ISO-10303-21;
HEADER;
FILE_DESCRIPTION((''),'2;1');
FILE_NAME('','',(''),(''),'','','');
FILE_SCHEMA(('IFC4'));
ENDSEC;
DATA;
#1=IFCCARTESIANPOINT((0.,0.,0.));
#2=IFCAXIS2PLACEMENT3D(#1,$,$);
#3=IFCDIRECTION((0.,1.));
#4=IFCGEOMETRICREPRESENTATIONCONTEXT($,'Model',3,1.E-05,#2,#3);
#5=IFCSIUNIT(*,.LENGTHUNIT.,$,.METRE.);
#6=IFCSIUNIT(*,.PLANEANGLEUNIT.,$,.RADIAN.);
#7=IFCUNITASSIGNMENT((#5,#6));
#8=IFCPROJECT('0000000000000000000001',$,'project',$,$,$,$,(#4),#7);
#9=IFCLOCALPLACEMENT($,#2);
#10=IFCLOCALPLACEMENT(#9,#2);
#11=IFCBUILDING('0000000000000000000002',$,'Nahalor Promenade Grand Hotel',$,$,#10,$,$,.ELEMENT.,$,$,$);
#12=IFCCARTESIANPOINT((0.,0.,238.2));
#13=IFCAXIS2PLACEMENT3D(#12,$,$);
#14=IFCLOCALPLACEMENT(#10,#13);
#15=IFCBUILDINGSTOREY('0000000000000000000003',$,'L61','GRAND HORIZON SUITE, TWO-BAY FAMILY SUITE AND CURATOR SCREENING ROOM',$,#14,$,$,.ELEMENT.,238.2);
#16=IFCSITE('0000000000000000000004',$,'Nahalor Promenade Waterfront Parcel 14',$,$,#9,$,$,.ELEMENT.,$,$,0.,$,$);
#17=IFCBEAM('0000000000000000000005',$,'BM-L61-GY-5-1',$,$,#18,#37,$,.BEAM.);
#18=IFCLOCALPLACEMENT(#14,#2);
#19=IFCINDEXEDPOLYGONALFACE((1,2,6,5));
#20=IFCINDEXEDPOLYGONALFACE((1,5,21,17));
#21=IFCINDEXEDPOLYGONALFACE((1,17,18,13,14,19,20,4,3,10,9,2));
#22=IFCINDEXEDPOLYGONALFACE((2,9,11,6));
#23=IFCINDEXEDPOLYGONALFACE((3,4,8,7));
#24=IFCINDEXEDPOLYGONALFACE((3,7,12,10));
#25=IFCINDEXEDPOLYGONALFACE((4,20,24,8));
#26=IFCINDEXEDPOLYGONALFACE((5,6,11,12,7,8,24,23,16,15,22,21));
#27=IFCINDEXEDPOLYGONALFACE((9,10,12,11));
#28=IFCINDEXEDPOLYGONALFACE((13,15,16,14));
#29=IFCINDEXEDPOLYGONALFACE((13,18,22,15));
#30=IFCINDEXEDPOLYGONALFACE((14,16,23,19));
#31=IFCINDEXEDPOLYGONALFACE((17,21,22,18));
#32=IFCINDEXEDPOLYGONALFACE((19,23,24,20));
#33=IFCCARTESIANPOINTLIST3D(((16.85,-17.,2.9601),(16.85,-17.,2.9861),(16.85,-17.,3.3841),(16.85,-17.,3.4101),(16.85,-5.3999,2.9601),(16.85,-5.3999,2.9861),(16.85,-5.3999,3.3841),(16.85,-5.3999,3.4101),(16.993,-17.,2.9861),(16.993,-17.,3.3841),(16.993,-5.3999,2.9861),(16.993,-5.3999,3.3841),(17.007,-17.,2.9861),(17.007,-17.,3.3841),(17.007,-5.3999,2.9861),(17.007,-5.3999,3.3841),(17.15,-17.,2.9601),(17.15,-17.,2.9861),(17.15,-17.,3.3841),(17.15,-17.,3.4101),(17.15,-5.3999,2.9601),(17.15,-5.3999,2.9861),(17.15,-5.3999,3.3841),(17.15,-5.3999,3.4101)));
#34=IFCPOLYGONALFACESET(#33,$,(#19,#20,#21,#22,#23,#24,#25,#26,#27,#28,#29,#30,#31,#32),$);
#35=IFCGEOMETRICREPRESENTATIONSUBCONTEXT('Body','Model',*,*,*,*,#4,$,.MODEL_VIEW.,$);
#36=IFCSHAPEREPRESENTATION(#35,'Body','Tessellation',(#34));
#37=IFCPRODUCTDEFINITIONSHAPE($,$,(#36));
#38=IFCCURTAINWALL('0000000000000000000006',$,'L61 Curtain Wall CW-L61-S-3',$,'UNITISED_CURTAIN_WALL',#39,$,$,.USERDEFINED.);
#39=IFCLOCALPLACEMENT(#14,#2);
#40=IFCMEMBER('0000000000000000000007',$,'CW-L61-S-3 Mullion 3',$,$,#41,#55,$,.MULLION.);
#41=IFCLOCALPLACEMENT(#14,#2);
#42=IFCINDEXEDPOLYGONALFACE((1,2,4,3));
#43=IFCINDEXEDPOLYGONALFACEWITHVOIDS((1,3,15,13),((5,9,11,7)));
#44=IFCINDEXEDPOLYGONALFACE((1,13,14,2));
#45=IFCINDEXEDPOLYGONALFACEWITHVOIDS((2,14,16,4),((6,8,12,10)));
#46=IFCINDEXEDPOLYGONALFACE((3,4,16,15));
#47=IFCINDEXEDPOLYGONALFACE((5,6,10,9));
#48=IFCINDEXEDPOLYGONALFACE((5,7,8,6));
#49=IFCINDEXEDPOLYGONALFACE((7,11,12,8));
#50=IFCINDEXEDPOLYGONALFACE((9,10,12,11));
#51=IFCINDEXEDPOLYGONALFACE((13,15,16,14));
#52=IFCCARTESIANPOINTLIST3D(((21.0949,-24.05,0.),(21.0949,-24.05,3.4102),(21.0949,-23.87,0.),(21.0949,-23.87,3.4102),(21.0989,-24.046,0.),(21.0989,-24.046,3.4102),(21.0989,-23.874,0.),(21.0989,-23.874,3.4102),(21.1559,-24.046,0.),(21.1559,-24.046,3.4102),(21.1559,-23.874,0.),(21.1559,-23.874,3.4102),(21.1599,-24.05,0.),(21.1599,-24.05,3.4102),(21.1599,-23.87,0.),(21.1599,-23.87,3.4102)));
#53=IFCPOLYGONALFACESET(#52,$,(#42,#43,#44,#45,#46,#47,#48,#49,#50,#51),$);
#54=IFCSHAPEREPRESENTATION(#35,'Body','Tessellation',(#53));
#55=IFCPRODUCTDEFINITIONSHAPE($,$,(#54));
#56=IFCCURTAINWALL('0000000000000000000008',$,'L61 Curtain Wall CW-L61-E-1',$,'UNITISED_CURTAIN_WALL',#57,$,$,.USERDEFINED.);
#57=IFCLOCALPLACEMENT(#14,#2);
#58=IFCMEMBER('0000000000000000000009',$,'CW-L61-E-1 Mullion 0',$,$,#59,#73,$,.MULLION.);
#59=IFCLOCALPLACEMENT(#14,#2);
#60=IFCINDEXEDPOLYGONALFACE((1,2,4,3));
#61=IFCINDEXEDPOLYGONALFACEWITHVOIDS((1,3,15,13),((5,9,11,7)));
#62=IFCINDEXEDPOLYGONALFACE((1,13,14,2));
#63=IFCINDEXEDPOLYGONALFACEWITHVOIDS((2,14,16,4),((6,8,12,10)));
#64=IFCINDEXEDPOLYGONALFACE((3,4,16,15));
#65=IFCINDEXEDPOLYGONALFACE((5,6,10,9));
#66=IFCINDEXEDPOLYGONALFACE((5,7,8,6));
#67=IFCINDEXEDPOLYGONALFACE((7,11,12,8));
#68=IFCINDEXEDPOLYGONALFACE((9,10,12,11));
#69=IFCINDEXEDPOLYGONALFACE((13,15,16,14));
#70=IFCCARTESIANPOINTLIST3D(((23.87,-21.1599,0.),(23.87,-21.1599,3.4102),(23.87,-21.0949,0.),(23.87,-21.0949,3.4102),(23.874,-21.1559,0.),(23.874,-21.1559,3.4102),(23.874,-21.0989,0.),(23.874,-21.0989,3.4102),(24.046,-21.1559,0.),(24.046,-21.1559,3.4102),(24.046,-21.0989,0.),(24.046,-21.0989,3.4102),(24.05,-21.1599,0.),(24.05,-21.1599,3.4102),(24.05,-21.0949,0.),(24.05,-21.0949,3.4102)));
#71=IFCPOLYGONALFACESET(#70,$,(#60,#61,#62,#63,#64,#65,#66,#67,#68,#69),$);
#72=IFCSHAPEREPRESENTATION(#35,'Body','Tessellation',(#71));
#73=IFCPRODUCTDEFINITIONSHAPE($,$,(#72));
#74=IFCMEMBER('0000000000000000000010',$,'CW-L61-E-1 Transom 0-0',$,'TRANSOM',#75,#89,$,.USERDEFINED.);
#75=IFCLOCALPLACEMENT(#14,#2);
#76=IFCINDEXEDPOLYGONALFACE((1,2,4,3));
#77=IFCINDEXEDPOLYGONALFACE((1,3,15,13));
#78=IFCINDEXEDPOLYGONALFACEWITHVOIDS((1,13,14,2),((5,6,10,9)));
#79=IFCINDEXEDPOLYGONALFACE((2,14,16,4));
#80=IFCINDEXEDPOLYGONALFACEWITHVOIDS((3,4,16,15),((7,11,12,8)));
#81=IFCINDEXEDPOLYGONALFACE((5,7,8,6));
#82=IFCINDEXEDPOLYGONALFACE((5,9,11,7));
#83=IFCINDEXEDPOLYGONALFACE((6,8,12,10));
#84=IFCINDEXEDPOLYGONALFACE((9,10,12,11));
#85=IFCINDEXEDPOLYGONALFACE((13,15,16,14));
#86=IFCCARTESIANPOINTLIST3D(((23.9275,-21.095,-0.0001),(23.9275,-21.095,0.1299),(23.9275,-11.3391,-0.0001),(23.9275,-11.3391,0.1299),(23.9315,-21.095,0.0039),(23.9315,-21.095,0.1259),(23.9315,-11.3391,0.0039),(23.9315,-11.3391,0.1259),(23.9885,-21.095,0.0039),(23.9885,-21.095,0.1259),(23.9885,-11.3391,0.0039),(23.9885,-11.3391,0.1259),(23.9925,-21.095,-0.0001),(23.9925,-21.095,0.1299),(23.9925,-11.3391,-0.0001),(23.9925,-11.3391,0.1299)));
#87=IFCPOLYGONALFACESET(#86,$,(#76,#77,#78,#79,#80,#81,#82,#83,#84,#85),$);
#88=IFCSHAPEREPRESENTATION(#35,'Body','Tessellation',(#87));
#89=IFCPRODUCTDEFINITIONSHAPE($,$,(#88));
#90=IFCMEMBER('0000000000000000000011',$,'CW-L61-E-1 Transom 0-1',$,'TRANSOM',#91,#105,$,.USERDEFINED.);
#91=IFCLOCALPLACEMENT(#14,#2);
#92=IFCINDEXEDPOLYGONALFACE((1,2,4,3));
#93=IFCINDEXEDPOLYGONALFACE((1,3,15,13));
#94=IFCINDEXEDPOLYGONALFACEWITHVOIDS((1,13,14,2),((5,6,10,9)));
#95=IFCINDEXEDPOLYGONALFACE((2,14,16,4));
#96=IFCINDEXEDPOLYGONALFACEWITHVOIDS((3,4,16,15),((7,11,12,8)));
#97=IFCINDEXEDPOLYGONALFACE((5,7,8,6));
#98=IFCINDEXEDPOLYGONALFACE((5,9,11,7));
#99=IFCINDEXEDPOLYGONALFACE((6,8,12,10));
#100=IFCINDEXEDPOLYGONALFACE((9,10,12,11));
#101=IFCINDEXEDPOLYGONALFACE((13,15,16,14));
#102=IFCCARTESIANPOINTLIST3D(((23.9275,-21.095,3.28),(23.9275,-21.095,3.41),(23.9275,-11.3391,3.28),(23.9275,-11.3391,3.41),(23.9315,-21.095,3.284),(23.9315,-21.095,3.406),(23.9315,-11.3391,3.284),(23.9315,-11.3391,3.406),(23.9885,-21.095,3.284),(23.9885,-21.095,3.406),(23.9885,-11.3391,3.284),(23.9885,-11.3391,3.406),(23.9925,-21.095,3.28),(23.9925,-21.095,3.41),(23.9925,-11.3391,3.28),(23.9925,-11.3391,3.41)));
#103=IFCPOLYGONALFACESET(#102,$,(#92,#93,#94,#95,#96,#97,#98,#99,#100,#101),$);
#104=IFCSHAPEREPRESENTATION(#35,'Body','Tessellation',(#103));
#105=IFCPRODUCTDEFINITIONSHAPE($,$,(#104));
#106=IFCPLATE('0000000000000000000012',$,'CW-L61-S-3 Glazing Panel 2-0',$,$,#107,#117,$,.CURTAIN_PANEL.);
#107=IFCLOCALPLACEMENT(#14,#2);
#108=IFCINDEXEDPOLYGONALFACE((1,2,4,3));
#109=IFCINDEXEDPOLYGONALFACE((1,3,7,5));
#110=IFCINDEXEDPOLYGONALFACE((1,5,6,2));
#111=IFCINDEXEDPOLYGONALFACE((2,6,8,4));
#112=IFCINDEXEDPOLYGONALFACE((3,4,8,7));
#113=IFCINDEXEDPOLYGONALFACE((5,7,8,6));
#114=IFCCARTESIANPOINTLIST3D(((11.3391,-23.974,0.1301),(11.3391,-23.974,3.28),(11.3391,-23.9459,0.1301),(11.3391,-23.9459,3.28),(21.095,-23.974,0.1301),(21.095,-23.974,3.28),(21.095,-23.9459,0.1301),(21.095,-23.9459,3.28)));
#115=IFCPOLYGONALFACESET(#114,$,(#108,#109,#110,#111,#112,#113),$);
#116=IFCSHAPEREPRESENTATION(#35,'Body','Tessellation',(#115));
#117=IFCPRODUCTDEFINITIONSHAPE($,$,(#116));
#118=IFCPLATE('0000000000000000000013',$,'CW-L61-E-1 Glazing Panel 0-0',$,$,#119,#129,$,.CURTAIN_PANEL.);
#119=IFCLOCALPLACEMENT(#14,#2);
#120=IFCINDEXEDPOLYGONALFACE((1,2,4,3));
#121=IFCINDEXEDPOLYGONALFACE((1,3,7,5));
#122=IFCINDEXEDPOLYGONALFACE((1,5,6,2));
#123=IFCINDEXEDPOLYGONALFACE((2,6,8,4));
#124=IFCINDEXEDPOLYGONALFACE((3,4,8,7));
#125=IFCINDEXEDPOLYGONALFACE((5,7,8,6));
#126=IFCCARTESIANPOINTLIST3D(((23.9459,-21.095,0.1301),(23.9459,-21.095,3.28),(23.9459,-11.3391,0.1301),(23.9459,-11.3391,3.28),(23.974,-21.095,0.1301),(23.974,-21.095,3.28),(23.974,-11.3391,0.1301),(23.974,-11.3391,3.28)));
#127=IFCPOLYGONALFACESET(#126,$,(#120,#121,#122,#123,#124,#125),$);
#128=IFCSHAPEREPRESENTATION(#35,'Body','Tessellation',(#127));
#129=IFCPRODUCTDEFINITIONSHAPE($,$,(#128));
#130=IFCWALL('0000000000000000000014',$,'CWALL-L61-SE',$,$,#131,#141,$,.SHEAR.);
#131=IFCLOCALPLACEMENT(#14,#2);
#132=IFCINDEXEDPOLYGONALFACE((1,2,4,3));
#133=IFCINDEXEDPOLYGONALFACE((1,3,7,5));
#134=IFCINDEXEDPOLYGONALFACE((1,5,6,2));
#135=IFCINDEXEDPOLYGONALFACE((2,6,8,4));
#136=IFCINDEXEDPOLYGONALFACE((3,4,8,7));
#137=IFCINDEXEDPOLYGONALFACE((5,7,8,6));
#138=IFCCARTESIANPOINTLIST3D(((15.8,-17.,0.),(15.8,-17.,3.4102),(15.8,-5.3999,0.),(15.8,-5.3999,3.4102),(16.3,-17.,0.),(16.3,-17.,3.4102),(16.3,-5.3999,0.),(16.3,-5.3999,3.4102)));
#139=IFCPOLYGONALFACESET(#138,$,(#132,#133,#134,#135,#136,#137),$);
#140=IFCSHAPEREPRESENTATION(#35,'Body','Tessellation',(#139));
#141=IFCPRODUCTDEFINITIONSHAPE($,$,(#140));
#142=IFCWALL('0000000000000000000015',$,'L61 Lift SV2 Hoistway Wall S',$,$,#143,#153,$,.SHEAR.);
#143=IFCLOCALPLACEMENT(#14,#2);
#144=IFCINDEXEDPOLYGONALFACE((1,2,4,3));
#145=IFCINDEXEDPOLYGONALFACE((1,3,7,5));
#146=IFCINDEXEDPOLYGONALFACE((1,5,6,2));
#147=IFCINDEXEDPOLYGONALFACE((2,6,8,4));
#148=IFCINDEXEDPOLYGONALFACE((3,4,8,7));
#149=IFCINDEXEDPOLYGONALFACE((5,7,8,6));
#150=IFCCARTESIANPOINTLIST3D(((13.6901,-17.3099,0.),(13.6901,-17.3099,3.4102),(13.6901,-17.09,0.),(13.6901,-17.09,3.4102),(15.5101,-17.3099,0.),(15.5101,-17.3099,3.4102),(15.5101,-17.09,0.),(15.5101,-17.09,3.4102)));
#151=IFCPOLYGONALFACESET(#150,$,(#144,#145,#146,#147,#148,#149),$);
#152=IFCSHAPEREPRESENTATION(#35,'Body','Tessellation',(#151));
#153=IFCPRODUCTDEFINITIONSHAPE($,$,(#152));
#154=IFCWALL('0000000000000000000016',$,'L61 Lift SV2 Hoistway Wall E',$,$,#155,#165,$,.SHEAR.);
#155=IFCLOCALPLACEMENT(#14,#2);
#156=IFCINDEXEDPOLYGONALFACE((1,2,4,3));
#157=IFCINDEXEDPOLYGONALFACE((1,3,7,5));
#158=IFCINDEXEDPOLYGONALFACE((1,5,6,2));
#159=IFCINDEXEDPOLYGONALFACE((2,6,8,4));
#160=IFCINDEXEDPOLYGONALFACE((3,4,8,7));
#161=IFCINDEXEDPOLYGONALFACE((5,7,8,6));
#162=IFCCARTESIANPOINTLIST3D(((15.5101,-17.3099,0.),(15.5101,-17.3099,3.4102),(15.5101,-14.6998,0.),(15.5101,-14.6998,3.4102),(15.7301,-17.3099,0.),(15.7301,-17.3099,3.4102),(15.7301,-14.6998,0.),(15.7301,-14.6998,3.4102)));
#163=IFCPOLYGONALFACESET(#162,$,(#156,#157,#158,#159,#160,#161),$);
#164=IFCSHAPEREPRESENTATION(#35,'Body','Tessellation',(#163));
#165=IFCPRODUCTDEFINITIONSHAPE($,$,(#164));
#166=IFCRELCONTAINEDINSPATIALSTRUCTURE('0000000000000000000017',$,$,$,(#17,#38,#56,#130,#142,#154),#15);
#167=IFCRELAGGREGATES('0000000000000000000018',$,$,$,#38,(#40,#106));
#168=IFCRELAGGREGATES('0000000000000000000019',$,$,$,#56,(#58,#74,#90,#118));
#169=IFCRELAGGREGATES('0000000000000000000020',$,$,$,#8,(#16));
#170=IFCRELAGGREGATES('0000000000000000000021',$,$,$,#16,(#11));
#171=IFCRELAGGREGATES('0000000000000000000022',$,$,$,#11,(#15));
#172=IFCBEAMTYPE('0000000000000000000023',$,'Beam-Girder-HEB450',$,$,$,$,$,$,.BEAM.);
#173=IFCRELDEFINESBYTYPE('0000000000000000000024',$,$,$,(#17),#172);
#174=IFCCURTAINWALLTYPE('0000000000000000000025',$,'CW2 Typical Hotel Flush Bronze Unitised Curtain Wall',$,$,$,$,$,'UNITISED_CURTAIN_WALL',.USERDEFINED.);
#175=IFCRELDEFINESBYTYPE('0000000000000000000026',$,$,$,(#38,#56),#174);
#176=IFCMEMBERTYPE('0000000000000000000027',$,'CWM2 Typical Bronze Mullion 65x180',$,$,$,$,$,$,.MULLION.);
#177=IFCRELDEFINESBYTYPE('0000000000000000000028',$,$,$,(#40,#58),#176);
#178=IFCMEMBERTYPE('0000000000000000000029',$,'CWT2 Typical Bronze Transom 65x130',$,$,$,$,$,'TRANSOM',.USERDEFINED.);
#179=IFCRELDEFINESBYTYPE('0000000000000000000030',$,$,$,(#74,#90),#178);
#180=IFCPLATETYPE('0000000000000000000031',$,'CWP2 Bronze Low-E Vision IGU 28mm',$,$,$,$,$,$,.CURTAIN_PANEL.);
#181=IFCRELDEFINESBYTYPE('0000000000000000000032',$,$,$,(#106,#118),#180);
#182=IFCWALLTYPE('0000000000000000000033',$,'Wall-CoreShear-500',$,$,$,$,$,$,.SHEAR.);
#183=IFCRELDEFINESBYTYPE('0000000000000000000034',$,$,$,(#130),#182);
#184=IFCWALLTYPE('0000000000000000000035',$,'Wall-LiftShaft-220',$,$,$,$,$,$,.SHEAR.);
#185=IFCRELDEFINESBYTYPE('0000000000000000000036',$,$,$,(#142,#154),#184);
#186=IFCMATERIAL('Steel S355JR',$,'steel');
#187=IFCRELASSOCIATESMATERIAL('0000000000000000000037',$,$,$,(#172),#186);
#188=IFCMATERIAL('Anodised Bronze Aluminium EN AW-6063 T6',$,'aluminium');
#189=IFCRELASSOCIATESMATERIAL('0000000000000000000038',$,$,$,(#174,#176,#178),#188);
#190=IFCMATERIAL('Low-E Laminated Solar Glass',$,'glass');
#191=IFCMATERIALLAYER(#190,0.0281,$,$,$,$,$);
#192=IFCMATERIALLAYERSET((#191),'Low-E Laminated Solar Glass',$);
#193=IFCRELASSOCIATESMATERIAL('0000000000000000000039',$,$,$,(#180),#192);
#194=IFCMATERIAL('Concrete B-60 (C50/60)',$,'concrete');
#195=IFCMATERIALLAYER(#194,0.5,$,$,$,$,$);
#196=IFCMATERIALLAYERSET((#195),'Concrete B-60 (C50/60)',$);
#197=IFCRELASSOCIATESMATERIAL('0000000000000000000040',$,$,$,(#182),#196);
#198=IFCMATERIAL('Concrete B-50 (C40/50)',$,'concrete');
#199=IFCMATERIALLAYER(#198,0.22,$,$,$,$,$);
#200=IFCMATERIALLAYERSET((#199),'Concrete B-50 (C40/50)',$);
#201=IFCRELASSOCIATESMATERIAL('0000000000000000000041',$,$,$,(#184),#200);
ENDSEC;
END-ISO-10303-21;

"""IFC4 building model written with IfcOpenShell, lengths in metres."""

from ifc_helpers import new_model, si_unit, direction, frame, frame_2d, origin, origin_2d, place, context, subcontext, project, spatial, rectangle, hollow_rectangle, i_section, extrude, source, transform, mapped, material, layer, layer_set, material_profile, profile_set, type_object, element, aggregate, save


model = new_model("IFC4")

# Units and contexts
model_context = context("Model", 3, precision=1e-05, world=origin(), true_north=direction((0.0, 1.0)))
body_context = subcontext(model_context, "Body", "Model", "MODEL_VIEW")
ifc_project = project(units=[si_unit("LENGTHUNIT", "METRE"), si_unit("PLANEANGLEUNIT", "RADIAN")], contexts=[model_context])

# Site, building, storey
site_placement = place(None, origin())
site = spatial("IfcSite", under=ifc_project, at=site_placement, Name="Nahalor Promenade Waterfront Parcel 14", CompositionType="ELEMENT", RefElevation=0.0)
building_placement = place(site_placement, origin())
building = spatial("IfcBuilding", under=site, at=building_placement, Name="Nahalor Promenade Grand Hotel", CompositionType="ELEMENT")
storey_placement = place(building_placement, frame((0.0, 0.0, 238.2)))
storey = spatial("IfcBuildingStorey", under=building, at=storey_placement, Name="L61", Description="GRAND HORIZON SUITE, TWO-BAY FAMILY SUITE AND CURATOR SCREENING ROOM", CompositionType="ELEMENT", Elevation=238.2)

# Shared definitions
ifc_material_1 = material(Name="Concrete B-60 (C50/60)", Category="concrete")
ifc_material_2 = material(Name="Steel S355JR", Category="steel")

# Beam
ifc_material_profile_1 = material_profile(ifc_material_2, i_section(OverallWidth=0.3, OverallDepth=0.45, WebThickness=0.014, FlangeThickness=0.026, at=origin_2d()), Name="HEB 450")
ifc_profile_set_1 = profile_set([ifc_material_profile_1], Name="Steel S355JR")
beam_type_1 = type_object("IfcBeamType", Name="Beam-Girder-HEB450", PredefinedType="BEAM", material=ifc_profile_set_1)
shared_shape_1 = source(origin(), body_context, "Body", "SweptSolid", [
    extrude(i_section(OverallWidth=0.3, OverallDepth=0.45, WebThickness=0.014, FlangeThickness=0.026, at=origin_2d()), origin(), (0.0, 0.0, 1.0), 11.6001),
])
beam_1_placement = place(storey_placement, frame((17.0, -17.0, 3.1851), z_axis=(0.0, 1.0, 0.0), x_axis=(-1.0, 0.0, 0.0)))
element("IfcBeam", 1, at=beam_1_placement, inside=storey, type_object=beam_type_1, Name="BM-L61-GY-5-1", PredefinedType="BEAM", context=body_context, shape_type="MappedRepresentation", body=[
    mapped(shared_shape_1, transform((0.0, 0.0, 0.0), scale=1.0)),
])

# Curtain wall, member
ifc_material_3 = material(Name="Anodised Bronze Aluminium EN AW-6063 T6", Category="aluminium")
curtain_wall_type = type_object("IfcCurtainWallType", Name="CW2 Typical Hotel Flush Bronze Unitised Curtain Wall", ElementType="UNITISED_CURTAIN_WALL", PredefinedType="USERDEFINED", material=ifc_material_3)
curtain_wall_1_placement = place(storey_placement, origin())
curtain_wall_1 = element("IfcCurtainWall", 2, at=curtain_wall_1_placement, inside=storey, type_object=curtain_wall_type, Name="L61 Curtain Wall CW-L61-S-3", ObjectType="UNITISED_CURTAIN_WALL", PredefinedType="USERDEFINED")
ifc_material_profile_2 = material_profile(ifc_material_3, hollow_rectangle(XDim=0.065, YDim=0.18, WallThickness=0.004, at=origin_2d()), Name="CWM 65x180x4")
ifc_profile_set_2 = profile_set([ifc_material_profile_2], Name="Anodised Bronze Aluminium EN AW-6063 T6")
member_type_1 = type_object("IfcMemberType", Name="CWM2 Typical Bronze Mullion 65x180", PredefinedType="MULLION", material=ifc_profile_set_2)
shared_shape_2 = source(origin(), body_context, "Body", "SweptSolid", [
    extrude(hollow_rectangle(XDim=0.065, YDim=0.18, WallThickness=0.004, at=origin_2d()), origin(), (0.0, 0.0, 1.0), 3.4102),
])
member_1_placement = place(storey_placement, frame((21.1274, -23.96, 0.0), z_axis=(0.0, 0.0, 1.0), x_axis=(1.0, 0.0, 0.0)))
member_1 = element("IfcMember", 3, at=member_1_placement, type_object=member_type_1, Name="CW-L61-S-3 Mullion 3", PredefinedType="MULLION", context=body_context, shape_type="MappedRepresentation", body=[
    mapped(shared_shape_2, transform((0.0, 0.0, 0.0), scale=1.0)),
])

# Curtain wall, members
curtain_wall_2_placement = place(storey_placement, origin())
curtain_wall_2 = element("IfcCurtainWall", 4, at=curtain_wall_2_placement, inside=storey, type_object=curtain_wall_type, Name="L61 Curtain Wall CW-L61-E-1", ObjectType="UNITISED_CURTAIN_WALL", PredefinedType="USERDEFINED")
member_2_placement = place(storey_placement, frame((23.96, -21.1274, 0.0), z_axis=(0.0, 0.0, 1.0), x_axis=(0.0, 1.0, 0.0)))
member_2 = element("IfcMember", 5, at=member_2_placement, type_object=member_type_1, Name="CW-L61-E-1 Mullion 0", PredefinedType="MULLION", context=body_context, shape_type="MappedRepresentation", body=[
    mapped(shared_shape_2, transform((0.0, 0.0, 0.0), scale=1.0)),
])
ifc_material_profile_3 = material_profile(ifc_material_3, hollow_rectangle(XDim=0.065, YDim=0.13, WallThickness=0.004, at=origin_2d()), Name="CWT 65x130x4")
ifc_profile_set_3 = profile_set([ifc_material_profile_3], Name="Anodised Bronze Aluminium EN AW-6063 T6")
member_type_2 = type_object("IfcMemberType", Name="CWT2 Typical Bronze Transom 65x130", ElementType="TRANSOM", PredefinedType="USERDEFINED", material=ifc_profile_set_3)
shared_shape_3 = source(origin(), body_context, "Body", "SweptSolid", [
    extrude(hollow_rectangle(XDim=0.065, YDim=0.13, WallThickness=0.004, at=origin_2d()), origin(), (0.0, 0.0, 1.0), 9.7559),
])
member_3_placement = place(storey_placement, frame((23.96, -21.095, 0.0649), z_axis=(0.0, 1.0, 0.0), x_axis=(-1.0, 0.0, 0.0)))
member_3 = element("IfcMember", 6, at=member_3_placement, type_object=member_type_2, Name="CW-L61-E-1 Transom 0-0", ObjectType="TRANSOM", PredefinedType="USERDEFINED", context=body_context, shape_type="MappedRepresentation", body=[
    mapped(shared_shape_3, transform((0.0, 0.0, 0.0), scale=1.0)),
])
member_4_placement = place(storey_placement, frame((23.96, -21.095, 3.345), z_axis=(0.0, 1.0, 0.0), x_axis=(-1.0, 0.0, 0.0)))
member_4 = element("IfcMember", 7, at=member_4_placement, type_object=member_type_2, Name="CW-L61-E-1 Transom 0-1", ObjectType="TRANSOM", PredefinedType="USERDEFINED", context=body_context, shape_type="MappedRepresentation", body=[
    mapped(shared_shape_3, transform((0.0, 0.0, 0.0), scale=1.0)),
])

# Plates
ifc_material_4 = material(Name="Low-E Laminated Solar Glass", Category="glass")
ifc_layer_1 = layer(ifc_material_4, 0.0281)
ifc_layer_set_1 = layer_set([ifc_layer_1], Name="Low-E Laminated Solar Glass")
plate_type = type_object("IfcPlateType", Name="CWP2 Bronze Low-E Vision IGU 28mm", PredefinedType="CURTAIN_PANEL", material=ifc_layer_set_1)
shared_shape_4 = source(origin(), body_context, "Body", "SweptSolid", [
    extrude(rectangle(XDim=9.7559, YDim=0.0281, at=origin_2d()), origin(), (0.0, 0.0, 1.0), 3.1499),
])
plate_1_placement = place(storey_placement, frame((16.217, -23.96, 0.1301), z_axis=(0.0, 0.0, 1.0), x_axis=(1.0, 0.0, 0.0)))
plate_1 = element("IfcPlate", 8, at=plate_1_placement, type_object=plate_type, Name="CW-L61-S-3 Glazing Panel 2-0", PredefinedType="CURTAIN_PANEL", context=body_context, shape_type="MappedRepresentation", body=[
    mapped(shared_shape_4, transform((0.0, 0.0, 0.0), scale=1.0)),
])
aggregate(curtain_wall_1, [member_1, plate_1])
plate_2_placement = place(storey_placement, frame((23.96, -16.217, 0.1301), z_axis=(0.0, 0.0, 1.0), x_axis=(0.0, 1.0, 0.0)))
plate_2 = element("IfcPlate", 9, at=plate_2_placement, type_object=plate_type, Name="CW-L61-E-1 Glazing Panel 0-0", PredefinedType="CURTAIN_PANEL", context=body_context, shape_type="MappedRepresentation", body=[
    mapped(shared_shape_4, transform((0.0, 0.0, 0.0), scale=1.0)),
])
aggregate(curtain_wall_2, [member_2, member_3, member_4, plate_2])

# Walls
ifc_layer_2 = layer(ifc_material_1, 0.5)
ifc_layer_set_2 = layer_set([ifc_layer_2], Name="Concrete B-60 (C50/60)")
wall_type_1 = type_object("IfcWallType", Name="Wall-CoreShear-500", PredefinedType="SHEAR", material=ifc_layer_set_2)
shared_shape_5 = source(origin(), body_context, "Body", "SweptSolid", [
    extrude(rectangle(XDim=11.6001, YDim=0.5, at=frame_2d((5.8, 0.0))), origin(), (0.0, 0.0, 1.0), 3.4102),
])
wall_1_placement = place(storey_placement, frame((16.05, -17.0, 0.0), z_axis=(0.0, 0.0, 1.0), x_axis=(0.0, 1.0, 0.0)))
element("IfcWall", 10, at=wall_1_placement, inside=storey, type_object=wall_type_1, Name="CWALL-L61-SE", PredefinedType="SHEAR", context=body_context, shape_type="MappedRepresentation", body=[
    mapped(shared_shape_5, transform((0.0, 0.0, 0.0), scale=1.0)),
])
ifc_material_5 = material(Name="Concrete B-50 (C40/50)", Category="concrete")
ifc_layer_3 = layer(ifc_material_5, 0.22)
ifc_layer_set_3 = layer_set([ifc_layer_3], Name="Concrete B-50 (C40/50)")
wall_type_2 = type_object("IfcWallType", Name="Wall-LiftShaft-220", PredefinedType="SHEAR", material=ifc_layer_set_3)
shared_shape_6 = source(origin(), body_context, "Body", "SweptSolid", [
    extrude(rectangle(XDim=1.8201, YDim=0.22, at=frame_2d((0.9102, 0.0))), origin(), (0.0, 0.0, 1.0), 3.4102),
])
wall_2_placement = place(storey_placement, frame((13.6899, -17.2, 0.0), z_axis=(0.0, 0.0, 1.0), x_axis=(1.0, 0.0, 0.0)))
element("IfcWall", 11, at=wall_2_placement, inside=storey, type_object=wall_type_2, Name="L61 Lift SV2 Hoistway Wall S", PredefinedType="SHEAR", context=body_context, shape_type="MappedRepresentation", body=[
    mapped(shared_shape_6, transform((0.0, 0.0, 0.0), scale=1.0)),
])
shared_shape_7 = source(origin(), body_context, "Body", "SweptSolid", [
    extrude(rectangle(XDim=2.6101, YDim=0.22, at=frame_2d((1.3052, 0.0))), origin(), (0.0, 0.0, 1.0), 3.4102),
])
wall_3_placement = place(storey_placement, frame((15.6201, -17.3101, 0.0), z_axis=(0.0, 0.0, 1.0), x_axis=(0.0, 1.0, 0.0)))
element("IfcWall", 12, at=wall_3_placement, inside=storey, type_object=wall_type_2, Name="L61 Lift SV2 Hoistway Wall E", PredefinedType="SHEAR", context=body_context, shape_type="MappedRepresentation", body=[
    mapped(shared_shape_7, transform((0.0, 0.0, 0.0), scale=1.0)),
])

save(model, "model.ifc")
